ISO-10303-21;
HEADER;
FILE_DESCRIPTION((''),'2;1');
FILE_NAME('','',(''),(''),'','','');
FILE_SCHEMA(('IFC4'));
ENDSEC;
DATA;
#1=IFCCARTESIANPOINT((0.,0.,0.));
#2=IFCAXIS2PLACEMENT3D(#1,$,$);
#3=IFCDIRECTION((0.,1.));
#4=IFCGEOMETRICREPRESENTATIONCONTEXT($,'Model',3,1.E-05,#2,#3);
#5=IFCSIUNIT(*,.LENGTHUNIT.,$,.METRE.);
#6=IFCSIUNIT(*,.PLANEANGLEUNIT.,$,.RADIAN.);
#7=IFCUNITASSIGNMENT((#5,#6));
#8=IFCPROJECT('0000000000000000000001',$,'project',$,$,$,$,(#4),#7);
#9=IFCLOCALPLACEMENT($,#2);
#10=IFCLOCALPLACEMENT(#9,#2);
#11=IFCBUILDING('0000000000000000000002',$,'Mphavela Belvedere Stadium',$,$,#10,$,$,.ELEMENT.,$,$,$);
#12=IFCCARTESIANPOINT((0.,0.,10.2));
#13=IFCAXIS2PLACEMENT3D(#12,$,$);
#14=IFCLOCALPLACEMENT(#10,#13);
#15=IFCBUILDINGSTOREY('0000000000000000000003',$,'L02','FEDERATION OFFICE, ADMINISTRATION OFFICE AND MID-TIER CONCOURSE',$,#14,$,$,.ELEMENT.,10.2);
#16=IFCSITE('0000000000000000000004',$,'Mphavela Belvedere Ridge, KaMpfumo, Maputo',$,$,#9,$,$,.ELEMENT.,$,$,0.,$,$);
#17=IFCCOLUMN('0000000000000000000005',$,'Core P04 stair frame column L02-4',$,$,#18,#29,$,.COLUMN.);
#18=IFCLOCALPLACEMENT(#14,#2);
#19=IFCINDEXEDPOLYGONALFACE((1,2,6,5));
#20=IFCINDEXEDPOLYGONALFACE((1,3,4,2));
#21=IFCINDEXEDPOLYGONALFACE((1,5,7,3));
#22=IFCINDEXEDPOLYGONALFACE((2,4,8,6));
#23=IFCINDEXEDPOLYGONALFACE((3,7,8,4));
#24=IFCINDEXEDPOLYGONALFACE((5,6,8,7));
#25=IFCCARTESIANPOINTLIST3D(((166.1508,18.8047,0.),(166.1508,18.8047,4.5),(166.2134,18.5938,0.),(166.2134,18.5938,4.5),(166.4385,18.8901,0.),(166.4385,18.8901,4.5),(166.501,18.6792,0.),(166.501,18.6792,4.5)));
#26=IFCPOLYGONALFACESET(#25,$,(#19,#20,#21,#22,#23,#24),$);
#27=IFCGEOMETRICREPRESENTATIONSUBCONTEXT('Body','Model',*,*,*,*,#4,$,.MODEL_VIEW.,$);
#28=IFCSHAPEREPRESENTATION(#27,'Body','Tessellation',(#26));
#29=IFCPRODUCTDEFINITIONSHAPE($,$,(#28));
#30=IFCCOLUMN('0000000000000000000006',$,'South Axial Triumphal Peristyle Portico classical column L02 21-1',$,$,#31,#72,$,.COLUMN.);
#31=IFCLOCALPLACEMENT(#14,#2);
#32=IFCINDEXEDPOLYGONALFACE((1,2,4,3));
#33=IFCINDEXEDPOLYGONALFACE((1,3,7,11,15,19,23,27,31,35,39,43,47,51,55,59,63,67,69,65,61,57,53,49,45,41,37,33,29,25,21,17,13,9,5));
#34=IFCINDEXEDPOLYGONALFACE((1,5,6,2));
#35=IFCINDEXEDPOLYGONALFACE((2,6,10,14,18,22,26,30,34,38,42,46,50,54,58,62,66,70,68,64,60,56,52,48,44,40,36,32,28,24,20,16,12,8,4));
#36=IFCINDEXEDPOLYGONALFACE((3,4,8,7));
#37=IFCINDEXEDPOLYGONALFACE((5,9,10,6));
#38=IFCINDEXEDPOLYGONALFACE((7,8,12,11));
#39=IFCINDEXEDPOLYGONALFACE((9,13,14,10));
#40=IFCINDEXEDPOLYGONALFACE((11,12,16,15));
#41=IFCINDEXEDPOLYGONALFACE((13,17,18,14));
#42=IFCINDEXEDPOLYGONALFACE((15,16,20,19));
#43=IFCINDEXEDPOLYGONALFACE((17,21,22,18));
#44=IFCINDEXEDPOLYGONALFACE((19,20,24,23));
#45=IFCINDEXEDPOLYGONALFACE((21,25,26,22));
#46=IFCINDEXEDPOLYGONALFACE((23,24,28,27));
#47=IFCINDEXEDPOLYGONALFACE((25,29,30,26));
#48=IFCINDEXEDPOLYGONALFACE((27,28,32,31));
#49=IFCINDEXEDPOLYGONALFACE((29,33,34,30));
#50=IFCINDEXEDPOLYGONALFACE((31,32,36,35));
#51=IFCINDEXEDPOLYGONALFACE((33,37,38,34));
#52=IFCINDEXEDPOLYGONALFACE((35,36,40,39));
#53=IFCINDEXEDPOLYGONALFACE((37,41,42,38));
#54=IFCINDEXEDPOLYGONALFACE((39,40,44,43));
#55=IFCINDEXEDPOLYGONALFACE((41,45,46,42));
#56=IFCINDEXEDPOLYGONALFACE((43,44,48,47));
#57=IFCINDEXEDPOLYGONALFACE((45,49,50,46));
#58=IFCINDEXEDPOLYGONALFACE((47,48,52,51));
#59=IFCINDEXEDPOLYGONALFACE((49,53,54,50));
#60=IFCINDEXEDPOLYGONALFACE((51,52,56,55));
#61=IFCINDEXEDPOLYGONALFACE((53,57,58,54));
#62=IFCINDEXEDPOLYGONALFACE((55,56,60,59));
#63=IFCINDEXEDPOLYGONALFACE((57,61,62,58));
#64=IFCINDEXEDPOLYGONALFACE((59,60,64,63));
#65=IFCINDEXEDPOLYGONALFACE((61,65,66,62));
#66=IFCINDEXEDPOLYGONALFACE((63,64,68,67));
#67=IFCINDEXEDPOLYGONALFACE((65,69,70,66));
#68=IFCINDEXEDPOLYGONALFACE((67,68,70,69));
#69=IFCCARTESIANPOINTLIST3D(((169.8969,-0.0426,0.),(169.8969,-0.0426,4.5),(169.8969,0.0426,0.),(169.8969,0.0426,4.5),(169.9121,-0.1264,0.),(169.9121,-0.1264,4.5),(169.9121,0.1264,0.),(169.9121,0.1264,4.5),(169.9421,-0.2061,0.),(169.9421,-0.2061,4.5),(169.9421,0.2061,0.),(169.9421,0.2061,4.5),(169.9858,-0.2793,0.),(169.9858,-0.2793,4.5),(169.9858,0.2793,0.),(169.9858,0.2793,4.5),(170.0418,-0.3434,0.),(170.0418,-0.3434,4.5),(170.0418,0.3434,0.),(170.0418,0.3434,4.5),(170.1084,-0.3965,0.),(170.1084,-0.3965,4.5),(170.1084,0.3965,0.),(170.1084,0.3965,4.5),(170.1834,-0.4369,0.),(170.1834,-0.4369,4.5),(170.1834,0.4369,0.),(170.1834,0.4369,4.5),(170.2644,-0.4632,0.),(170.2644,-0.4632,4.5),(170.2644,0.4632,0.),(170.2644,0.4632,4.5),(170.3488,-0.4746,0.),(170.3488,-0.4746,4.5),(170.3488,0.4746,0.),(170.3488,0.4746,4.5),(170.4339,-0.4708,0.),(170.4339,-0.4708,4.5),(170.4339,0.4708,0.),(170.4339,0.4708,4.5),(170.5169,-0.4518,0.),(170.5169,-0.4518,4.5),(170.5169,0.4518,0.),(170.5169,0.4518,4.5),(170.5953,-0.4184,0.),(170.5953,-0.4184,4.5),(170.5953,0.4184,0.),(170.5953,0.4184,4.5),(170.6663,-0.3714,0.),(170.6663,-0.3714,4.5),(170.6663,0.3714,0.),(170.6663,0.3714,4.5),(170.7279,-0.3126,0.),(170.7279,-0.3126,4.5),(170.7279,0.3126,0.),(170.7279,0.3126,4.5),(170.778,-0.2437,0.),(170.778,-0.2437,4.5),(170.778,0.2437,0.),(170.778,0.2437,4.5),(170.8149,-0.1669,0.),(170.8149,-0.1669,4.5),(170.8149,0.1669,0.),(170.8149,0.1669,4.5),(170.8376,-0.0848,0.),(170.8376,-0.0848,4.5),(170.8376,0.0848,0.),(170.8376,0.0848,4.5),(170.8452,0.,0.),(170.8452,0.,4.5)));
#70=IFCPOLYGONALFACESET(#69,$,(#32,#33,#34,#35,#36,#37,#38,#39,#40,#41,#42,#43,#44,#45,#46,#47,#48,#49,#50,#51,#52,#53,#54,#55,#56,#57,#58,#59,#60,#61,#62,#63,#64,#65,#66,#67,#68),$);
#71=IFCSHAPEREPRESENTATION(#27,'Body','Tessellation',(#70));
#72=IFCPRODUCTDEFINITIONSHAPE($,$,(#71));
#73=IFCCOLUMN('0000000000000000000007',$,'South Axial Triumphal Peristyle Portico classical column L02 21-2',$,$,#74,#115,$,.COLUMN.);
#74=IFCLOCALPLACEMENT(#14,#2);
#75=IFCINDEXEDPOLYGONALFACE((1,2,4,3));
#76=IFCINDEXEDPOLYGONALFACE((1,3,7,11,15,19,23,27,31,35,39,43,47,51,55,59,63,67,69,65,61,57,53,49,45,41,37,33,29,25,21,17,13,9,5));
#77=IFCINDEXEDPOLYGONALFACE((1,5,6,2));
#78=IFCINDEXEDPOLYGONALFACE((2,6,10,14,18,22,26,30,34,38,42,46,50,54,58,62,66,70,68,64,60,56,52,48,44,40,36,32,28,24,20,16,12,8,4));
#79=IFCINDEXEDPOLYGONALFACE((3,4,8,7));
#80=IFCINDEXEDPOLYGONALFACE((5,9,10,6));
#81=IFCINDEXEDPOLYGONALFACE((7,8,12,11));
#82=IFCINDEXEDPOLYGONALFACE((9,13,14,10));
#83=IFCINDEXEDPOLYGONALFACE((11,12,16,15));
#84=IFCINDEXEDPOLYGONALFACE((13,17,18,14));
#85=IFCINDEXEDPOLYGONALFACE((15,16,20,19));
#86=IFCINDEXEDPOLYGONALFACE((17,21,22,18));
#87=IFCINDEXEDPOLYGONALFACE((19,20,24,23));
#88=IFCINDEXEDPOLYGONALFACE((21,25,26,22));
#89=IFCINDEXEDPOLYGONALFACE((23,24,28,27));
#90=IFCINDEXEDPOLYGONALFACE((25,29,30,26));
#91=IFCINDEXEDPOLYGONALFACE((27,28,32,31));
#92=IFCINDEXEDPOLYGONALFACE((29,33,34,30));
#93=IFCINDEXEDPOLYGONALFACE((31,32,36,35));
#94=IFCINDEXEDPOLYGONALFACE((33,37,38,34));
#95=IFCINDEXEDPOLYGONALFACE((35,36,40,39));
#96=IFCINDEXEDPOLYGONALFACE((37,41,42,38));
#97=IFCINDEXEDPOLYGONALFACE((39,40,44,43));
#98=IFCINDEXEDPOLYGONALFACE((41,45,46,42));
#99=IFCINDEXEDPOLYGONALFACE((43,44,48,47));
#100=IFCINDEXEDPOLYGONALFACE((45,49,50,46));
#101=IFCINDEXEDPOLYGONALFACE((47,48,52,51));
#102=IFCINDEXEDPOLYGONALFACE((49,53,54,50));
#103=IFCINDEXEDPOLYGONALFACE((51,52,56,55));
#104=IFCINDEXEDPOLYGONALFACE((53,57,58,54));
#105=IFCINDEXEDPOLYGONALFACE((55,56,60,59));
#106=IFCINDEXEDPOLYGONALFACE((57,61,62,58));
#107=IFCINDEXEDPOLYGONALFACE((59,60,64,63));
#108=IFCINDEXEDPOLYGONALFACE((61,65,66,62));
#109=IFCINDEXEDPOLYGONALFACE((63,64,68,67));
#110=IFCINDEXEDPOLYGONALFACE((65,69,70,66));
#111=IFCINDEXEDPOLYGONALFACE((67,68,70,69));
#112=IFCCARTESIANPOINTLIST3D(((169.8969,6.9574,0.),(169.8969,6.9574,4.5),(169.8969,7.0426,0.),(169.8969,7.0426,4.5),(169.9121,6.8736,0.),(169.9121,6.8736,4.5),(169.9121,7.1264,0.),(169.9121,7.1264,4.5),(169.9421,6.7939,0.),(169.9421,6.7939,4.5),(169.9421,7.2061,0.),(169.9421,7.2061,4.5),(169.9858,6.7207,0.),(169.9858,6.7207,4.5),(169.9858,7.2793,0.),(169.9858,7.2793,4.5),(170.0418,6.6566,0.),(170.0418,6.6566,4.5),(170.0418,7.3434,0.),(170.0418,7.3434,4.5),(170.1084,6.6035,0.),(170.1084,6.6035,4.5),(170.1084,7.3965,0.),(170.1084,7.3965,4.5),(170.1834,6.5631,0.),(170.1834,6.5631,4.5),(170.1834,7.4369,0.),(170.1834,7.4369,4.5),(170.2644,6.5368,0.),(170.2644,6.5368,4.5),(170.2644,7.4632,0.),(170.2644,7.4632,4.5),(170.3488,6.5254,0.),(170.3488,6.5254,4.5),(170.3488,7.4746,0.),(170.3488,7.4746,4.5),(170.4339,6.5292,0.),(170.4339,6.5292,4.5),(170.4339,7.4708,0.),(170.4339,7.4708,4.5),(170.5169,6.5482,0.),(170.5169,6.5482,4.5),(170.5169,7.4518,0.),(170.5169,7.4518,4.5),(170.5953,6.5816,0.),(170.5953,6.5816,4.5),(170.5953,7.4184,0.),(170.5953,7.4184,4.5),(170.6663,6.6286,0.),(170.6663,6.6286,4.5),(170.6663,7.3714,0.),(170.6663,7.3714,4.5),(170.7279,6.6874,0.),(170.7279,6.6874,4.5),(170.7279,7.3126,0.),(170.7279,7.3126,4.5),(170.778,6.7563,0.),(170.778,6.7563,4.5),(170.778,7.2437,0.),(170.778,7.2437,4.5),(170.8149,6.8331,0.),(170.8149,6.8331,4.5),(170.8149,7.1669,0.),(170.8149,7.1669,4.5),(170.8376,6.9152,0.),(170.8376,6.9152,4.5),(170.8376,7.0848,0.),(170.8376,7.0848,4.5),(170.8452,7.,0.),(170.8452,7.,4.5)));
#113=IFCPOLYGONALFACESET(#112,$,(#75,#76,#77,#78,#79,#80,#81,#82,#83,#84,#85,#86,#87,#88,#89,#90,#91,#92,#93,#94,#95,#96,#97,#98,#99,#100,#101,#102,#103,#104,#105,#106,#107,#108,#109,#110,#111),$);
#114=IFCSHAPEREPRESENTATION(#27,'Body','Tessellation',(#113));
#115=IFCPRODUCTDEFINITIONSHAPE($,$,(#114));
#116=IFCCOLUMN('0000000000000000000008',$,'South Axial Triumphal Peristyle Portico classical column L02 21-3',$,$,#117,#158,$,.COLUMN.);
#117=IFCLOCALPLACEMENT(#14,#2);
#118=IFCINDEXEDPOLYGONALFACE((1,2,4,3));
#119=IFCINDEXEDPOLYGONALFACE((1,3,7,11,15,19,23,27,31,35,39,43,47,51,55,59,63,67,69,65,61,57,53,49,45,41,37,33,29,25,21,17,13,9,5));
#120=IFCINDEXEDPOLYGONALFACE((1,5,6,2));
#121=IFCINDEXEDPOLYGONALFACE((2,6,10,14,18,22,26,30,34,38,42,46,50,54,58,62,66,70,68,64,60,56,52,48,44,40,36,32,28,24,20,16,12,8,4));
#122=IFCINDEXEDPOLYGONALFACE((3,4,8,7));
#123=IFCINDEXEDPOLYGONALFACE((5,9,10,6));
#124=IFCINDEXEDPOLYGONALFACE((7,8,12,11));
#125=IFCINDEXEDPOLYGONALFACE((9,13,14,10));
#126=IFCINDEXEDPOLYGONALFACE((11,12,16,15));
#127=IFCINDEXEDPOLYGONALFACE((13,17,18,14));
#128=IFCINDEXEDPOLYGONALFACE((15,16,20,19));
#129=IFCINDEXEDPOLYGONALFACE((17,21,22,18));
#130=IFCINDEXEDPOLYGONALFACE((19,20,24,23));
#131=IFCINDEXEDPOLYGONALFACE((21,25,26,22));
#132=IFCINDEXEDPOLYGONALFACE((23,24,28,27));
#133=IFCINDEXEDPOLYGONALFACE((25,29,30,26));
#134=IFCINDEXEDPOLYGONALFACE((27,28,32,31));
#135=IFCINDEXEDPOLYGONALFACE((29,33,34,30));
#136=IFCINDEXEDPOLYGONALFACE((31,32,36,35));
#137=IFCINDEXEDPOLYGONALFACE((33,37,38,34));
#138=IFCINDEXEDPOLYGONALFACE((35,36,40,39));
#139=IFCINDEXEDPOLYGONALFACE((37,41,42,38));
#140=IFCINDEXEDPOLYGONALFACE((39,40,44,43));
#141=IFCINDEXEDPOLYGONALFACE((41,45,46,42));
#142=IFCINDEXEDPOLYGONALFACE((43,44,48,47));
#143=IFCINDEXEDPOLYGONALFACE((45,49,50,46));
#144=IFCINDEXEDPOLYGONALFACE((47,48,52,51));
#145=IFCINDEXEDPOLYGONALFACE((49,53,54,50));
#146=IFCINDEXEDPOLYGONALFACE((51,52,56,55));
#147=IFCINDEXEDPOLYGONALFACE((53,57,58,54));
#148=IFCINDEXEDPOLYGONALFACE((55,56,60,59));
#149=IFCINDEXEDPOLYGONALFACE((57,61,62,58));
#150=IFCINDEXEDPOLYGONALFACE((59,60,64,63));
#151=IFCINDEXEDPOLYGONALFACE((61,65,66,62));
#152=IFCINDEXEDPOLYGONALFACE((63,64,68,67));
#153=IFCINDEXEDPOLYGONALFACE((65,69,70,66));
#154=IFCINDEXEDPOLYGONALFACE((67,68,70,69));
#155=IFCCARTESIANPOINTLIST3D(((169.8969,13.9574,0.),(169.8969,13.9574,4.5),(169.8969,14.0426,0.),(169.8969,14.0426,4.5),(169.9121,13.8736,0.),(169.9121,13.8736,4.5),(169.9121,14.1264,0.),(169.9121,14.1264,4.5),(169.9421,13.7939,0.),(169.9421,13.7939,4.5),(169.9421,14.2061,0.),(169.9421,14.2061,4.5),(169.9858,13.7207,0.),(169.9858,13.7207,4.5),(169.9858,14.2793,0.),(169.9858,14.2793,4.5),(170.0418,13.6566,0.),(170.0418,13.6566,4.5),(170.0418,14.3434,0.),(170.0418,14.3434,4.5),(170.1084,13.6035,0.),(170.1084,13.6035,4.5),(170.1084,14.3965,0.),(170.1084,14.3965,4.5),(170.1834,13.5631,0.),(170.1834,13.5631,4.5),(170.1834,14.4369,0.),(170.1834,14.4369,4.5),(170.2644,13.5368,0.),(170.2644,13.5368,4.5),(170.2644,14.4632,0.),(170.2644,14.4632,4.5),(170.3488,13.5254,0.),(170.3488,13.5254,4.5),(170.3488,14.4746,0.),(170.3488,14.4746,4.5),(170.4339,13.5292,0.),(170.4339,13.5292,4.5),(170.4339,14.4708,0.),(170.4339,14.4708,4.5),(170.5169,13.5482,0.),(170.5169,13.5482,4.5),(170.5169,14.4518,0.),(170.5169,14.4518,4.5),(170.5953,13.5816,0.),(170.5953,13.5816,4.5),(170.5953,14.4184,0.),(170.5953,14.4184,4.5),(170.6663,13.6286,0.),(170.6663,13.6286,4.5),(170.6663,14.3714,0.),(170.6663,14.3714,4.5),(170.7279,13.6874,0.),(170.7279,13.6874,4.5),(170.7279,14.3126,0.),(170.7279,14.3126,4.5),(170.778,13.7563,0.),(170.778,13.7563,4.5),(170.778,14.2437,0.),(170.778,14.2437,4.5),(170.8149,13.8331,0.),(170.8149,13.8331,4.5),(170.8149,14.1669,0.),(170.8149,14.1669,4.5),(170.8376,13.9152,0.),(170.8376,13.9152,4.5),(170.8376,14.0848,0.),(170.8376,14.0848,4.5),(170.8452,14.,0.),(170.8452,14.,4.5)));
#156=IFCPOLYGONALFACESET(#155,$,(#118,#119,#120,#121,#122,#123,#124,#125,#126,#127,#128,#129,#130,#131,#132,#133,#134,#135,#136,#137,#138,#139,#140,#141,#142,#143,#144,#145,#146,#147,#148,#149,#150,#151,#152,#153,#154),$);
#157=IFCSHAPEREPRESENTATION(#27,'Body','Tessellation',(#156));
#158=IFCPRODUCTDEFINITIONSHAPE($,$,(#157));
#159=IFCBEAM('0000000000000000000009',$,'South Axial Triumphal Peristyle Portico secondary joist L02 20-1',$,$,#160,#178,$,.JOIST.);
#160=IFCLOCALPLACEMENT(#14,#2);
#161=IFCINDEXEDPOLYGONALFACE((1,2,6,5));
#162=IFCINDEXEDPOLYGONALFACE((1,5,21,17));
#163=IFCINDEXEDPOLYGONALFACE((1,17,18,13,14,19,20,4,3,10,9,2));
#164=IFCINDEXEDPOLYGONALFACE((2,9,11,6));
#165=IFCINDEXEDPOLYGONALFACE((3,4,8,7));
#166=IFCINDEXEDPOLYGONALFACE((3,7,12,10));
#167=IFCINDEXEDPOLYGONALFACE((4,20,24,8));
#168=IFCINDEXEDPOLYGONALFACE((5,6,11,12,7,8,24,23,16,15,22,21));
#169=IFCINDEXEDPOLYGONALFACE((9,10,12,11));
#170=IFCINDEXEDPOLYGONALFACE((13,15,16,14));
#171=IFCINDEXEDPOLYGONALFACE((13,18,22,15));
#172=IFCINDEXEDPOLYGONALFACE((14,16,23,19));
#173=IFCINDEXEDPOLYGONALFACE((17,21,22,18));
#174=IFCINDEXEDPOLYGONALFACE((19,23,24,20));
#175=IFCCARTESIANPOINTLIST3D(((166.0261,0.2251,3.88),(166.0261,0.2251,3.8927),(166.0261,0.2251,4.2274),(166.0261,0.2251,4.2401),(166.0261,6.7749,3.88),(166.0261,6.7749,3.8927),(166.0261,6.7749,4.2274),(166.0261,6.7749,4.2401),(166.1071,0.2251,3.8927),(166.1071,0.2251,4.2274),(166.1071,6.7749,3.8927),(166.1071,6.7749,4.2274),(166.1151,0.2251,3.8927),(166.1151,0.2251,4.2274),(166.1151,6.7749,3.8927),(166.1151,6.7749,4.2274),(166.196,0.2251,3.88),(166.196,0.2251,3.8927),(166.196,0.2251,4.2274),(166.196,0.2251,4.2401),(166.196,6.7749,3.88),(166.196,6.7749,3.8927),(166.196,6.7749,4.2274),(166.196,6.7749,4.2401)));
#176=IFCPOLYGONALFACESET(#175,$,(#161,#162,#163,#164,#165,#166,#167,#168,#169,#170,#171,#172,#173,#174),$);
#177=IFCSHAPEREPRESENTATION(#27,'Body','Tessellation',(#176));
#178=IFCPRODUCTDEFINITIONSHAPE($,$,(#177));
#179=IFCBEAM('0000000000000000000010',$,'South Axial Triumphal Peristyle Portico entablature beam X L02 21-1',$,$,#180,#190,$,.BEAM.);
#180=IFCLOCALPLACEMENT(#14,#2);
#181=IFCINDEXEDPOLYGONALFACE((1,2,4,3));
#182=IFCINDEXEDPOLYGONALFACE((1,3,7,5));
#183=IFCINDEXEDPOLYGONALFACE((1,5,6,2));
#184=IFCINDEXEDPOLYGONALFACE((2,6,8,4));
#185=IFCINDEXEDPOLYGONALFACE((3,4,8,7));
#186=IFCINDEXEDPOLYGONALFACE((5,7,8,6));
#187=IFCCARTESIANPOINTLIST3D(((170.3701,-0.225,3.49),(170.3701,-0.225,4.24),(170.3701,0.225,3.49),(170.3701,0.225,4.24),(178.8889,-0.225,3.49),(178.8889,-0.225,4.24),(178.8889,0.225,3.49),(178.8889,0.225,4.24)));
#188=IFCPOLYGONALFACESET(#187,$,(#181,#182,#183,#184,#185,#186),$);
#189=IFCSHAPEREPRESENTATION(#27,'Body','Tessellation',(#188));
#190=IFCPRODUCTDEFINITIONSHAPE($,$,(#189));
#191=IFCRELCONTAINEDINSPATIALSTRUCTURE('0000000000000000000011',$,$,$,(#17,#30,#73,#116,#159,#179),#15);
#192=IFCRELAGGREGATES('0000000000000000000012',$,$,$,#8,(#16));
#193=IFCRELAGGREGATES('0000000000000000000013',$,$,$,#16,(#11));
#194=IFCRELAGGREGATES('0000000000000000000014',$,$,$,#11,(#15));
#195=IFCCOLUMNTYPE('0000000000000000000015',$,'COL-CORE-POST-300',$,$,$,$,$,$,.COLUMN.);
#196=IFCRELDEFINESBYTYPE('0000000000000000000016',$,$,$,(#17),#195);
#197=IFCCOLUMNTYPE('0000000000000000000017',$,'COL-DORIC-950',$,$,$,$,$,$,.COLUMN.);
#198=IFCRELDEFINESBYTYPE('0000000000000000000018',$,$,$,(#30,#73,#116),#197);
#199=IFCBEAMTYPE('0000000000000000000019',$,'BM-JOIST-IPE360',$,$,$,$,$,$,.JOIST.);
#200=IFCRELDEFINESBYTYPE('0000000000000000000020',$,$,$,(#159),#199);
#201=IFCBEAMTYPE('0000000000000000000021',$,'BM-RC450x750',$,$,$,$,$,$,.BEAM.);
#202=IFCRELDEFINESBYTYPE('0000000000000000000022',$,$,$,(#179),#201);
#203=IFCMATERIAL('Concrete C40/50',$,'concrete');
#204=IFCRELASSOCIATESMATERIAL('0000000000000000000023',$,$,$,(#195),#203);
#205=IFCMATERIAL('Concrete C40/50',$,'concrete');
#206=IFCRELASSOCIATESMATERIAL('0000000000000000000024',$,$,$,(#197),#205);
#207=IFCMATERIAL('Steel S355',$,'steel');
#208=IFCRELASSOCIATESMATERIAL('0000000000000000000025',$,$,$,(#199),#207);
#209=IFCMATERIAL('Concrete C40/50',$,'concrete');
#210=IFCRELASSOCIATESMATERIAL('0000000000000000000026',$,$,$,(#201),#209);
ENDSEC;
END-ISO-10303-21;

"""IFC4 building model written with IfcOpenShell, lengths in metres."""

from ifc_helpers import new_model, si_unit, direction, frame, origin, origin_2d, place, context, subcontext, project, spatial, rectangle, circle, i_section, extrude, material, material_profile, profile_set, type_object, element, save


model = new_model("IFC4")

# Units and contexts
model_context = context("Model", 3, precision=1e-05, world=origin(), true_north=direction((0.0, 1.0)))
body_context = subcontext(model_context, "Body", "Model", "MODEL_VIEW")
ifc_project = project(units=[si_unit("LENGTHUNIT", "METRE"), si_unit("PLANEANGLEUNIT", "RADIAN")], contexts=[model_context])

# Site, building, storey
site_placement = place(None, origin())
site = spatial("IfcSite", under=ifc_project, at=site_placement, Name="Mphavela Belvedere Ridge, KaMpfumo, Maputo", CompositionType="ELEMENT", RefElevation=0.0)
building_placement = place(site_placement, origin())
building = spatial("IfcBuilding", under=site, at=building_placement, Name="Mphavela Belvedere Stadium", CompositionType="ELEMENT")
storey_placement = place(building_placement, frame((0.0, 0.0, 10.2)))
storey = spatial("IfcBuildingStorey", under=building, at=storey_placement, Name="L02", Description="FEDERATION OFFICE, ADMINISTRATION OFFICE AND MID-TIER CONCOURSE", CompositionType="ELEMENT", Elevation=10.2)

# Columns
ifc_material_1 = material(Name="Concrete C40/50", Category="concrete")
ifc_material_profile_1 = material_profile(ifc_material_1, rectangle(XDim=0.3, YDim=0.22, at=origin_2d()), Name="RC 300x220")
ifc_profile_set_1 = profile_set([ifc_material_profile_1], Name="Concrete C40/50")
column_type_1 = type_object("IfcColumnType", Name="COL-CORE-POST-300", PredefinedType="COLUMN", material=ifc_profile_set_1)
column_placement = place(storey_placement, frame((166.3259, 18.7419, 0.0), z_axis=(0.0, 0.0, 1.0), x_axis=(-0.958671, -0.284517, 0.0)))
element("IfcColumn", 1, at=column_placement, inside=storey, type_object=column_type_1, Name="Core P04 stair frame column L02-4", PredefinedType="COLUMN", context=body_context, shape_type="SweptSolid", body=[
    extrude(rectangle(XDim=0.3, YDim=0.22, at=origin_2d()), origin(), (0.0, 0.0, 1.0), 4.5),
])
ifc_material_2 = material(Name="Concrete C40/50", Category="concrete")
ifc_material_profile_2 = material_profile(ifc_material_2, circle(Radius=0.4751, at=origin_2d()), Name="COL D950")
ifc_profile_set_2 = profile_set([ifc_material_profile_2], Name="Concrete C40/50")
column_type_2 = type_object("IfcColumnType", Name="COL-DORIC-950", PredefinedType="COLUMN", material=ifc_profile_set_2)
for number, where, z_axis, x_axis, name in (
    (2, (170.3701, 0.0, 0.0), (0.0, 0.0, 1.0), (1.0, 0.0, 0.0), "South Axial Triumphal Peristyle Portico classical column L02 21-1"),
    (3, (170.3701, 7.0, 0.0), (0.0, 0.0, 1.0), (1.0, 0.0, 0.0), "South Axial Triumphal Peristyle Portico classical column L02 21-2"),
    (4, (170.3701, 14.0, 0.0), (0.0, 0.0, 1.0), (1.0, 0.0, 0.0), "South Axial Triumphal Peristyle Portico classical column L02 21-3"),
):
    element("IfcColumn", number, at=place(storey_placement, frame(where, z_axis=z_axis, x_axis=x_axis)), inside=storey, type_object=column_type_2, Name=name, PredefinedType="COLUMN", context=body_context, shape_type="SweptSolid", body=[
        extrude(circle(Radius=0.4751, at=origin_2d()), origin(), (0.0, 0.0, 1.0), 4.5),
    ])

# Beams
ifc_material_3 = material(Name="Steel S355", Category="steel")
ifc_material_profile_3 = material_profile(ifc_material_3, i_section(OverallWidth=0.1699, OverallDepth=0.3601, WebThickness=0.0081, FlangeThickness=0.0127, at=origin_2d()), Name="IPE 360")
ifc_profile_set_3 = profile_set([ifc_material_profile_3], Name="Steel S355")
beam_type_1 = type_object("IfcBeamType", Name="BM-JOIST-IPE360", PredefinedType="JOIST", material=ifc_profile_set_3)
beam_1_placement = place(storey_placement, frame((166.1111, 0.2251, 4.0601), z_axis=(0.0, 1.0, 0.0), x_axis=(-1.0, 0.0, 0.0)))
element("IfcBeam", 5, at=beam_1_placement, inside=storey, type_object=beam_type_1, Name="South Axial Triumphal Peristyle Portico secondary joist L02 20-1", PredefinedType="JOIST", context=body_context, shape_type="SweptSolid", body=[
    extrude(i_section(OverallWidth=0.1699, OverallDepth=0.3601, WebThickness=0.0081, FlangeThickness=0.0127, at=origin_2d()), origin(), (0.0, 0.0, 1.0), 6.5498),
])
ifc_material_4 = material(Name="Concrete C40/50", Category="concrete")
ifc_material_profile_4 = material_profile(ifc_material_4, rectangle(XDim=0.45, YDim=0.75, at=origin_2d()), Name="RC 450x750")
ifc_profile_set_4 = profile_set([ifc_material_profile_4], Name="Concrete C40/50")
beam_type_2 = type_object("IfcBeamType", Name="BM-RC450x750", PredefinedType="BEAM", material=ifc_profile_set_4)
beam_2_placement = place(storey_placement, frame((170.3701, 0.0, 3.865), z_axis=(1.0, 0.0, 0.0), x_axis=(0.0, 1.0, 0.0)))
element("IfcBeam", 6, at=beam_2_placement, inside=storey, type_object=beam_type_2, Name="South Axial Triumphal Peristyle Portico entablature beam X L02 21-1", PredefinedType="BEAM", context=body_context, shape_type="SweptSolid", body=[
    extrude(rectangle(XDim=0.45, YDim=0.75, at=origin_2d()), origin(), (0.0, 0.0, 1.0), 8.5188),
])

save(model, "model.ifc")
